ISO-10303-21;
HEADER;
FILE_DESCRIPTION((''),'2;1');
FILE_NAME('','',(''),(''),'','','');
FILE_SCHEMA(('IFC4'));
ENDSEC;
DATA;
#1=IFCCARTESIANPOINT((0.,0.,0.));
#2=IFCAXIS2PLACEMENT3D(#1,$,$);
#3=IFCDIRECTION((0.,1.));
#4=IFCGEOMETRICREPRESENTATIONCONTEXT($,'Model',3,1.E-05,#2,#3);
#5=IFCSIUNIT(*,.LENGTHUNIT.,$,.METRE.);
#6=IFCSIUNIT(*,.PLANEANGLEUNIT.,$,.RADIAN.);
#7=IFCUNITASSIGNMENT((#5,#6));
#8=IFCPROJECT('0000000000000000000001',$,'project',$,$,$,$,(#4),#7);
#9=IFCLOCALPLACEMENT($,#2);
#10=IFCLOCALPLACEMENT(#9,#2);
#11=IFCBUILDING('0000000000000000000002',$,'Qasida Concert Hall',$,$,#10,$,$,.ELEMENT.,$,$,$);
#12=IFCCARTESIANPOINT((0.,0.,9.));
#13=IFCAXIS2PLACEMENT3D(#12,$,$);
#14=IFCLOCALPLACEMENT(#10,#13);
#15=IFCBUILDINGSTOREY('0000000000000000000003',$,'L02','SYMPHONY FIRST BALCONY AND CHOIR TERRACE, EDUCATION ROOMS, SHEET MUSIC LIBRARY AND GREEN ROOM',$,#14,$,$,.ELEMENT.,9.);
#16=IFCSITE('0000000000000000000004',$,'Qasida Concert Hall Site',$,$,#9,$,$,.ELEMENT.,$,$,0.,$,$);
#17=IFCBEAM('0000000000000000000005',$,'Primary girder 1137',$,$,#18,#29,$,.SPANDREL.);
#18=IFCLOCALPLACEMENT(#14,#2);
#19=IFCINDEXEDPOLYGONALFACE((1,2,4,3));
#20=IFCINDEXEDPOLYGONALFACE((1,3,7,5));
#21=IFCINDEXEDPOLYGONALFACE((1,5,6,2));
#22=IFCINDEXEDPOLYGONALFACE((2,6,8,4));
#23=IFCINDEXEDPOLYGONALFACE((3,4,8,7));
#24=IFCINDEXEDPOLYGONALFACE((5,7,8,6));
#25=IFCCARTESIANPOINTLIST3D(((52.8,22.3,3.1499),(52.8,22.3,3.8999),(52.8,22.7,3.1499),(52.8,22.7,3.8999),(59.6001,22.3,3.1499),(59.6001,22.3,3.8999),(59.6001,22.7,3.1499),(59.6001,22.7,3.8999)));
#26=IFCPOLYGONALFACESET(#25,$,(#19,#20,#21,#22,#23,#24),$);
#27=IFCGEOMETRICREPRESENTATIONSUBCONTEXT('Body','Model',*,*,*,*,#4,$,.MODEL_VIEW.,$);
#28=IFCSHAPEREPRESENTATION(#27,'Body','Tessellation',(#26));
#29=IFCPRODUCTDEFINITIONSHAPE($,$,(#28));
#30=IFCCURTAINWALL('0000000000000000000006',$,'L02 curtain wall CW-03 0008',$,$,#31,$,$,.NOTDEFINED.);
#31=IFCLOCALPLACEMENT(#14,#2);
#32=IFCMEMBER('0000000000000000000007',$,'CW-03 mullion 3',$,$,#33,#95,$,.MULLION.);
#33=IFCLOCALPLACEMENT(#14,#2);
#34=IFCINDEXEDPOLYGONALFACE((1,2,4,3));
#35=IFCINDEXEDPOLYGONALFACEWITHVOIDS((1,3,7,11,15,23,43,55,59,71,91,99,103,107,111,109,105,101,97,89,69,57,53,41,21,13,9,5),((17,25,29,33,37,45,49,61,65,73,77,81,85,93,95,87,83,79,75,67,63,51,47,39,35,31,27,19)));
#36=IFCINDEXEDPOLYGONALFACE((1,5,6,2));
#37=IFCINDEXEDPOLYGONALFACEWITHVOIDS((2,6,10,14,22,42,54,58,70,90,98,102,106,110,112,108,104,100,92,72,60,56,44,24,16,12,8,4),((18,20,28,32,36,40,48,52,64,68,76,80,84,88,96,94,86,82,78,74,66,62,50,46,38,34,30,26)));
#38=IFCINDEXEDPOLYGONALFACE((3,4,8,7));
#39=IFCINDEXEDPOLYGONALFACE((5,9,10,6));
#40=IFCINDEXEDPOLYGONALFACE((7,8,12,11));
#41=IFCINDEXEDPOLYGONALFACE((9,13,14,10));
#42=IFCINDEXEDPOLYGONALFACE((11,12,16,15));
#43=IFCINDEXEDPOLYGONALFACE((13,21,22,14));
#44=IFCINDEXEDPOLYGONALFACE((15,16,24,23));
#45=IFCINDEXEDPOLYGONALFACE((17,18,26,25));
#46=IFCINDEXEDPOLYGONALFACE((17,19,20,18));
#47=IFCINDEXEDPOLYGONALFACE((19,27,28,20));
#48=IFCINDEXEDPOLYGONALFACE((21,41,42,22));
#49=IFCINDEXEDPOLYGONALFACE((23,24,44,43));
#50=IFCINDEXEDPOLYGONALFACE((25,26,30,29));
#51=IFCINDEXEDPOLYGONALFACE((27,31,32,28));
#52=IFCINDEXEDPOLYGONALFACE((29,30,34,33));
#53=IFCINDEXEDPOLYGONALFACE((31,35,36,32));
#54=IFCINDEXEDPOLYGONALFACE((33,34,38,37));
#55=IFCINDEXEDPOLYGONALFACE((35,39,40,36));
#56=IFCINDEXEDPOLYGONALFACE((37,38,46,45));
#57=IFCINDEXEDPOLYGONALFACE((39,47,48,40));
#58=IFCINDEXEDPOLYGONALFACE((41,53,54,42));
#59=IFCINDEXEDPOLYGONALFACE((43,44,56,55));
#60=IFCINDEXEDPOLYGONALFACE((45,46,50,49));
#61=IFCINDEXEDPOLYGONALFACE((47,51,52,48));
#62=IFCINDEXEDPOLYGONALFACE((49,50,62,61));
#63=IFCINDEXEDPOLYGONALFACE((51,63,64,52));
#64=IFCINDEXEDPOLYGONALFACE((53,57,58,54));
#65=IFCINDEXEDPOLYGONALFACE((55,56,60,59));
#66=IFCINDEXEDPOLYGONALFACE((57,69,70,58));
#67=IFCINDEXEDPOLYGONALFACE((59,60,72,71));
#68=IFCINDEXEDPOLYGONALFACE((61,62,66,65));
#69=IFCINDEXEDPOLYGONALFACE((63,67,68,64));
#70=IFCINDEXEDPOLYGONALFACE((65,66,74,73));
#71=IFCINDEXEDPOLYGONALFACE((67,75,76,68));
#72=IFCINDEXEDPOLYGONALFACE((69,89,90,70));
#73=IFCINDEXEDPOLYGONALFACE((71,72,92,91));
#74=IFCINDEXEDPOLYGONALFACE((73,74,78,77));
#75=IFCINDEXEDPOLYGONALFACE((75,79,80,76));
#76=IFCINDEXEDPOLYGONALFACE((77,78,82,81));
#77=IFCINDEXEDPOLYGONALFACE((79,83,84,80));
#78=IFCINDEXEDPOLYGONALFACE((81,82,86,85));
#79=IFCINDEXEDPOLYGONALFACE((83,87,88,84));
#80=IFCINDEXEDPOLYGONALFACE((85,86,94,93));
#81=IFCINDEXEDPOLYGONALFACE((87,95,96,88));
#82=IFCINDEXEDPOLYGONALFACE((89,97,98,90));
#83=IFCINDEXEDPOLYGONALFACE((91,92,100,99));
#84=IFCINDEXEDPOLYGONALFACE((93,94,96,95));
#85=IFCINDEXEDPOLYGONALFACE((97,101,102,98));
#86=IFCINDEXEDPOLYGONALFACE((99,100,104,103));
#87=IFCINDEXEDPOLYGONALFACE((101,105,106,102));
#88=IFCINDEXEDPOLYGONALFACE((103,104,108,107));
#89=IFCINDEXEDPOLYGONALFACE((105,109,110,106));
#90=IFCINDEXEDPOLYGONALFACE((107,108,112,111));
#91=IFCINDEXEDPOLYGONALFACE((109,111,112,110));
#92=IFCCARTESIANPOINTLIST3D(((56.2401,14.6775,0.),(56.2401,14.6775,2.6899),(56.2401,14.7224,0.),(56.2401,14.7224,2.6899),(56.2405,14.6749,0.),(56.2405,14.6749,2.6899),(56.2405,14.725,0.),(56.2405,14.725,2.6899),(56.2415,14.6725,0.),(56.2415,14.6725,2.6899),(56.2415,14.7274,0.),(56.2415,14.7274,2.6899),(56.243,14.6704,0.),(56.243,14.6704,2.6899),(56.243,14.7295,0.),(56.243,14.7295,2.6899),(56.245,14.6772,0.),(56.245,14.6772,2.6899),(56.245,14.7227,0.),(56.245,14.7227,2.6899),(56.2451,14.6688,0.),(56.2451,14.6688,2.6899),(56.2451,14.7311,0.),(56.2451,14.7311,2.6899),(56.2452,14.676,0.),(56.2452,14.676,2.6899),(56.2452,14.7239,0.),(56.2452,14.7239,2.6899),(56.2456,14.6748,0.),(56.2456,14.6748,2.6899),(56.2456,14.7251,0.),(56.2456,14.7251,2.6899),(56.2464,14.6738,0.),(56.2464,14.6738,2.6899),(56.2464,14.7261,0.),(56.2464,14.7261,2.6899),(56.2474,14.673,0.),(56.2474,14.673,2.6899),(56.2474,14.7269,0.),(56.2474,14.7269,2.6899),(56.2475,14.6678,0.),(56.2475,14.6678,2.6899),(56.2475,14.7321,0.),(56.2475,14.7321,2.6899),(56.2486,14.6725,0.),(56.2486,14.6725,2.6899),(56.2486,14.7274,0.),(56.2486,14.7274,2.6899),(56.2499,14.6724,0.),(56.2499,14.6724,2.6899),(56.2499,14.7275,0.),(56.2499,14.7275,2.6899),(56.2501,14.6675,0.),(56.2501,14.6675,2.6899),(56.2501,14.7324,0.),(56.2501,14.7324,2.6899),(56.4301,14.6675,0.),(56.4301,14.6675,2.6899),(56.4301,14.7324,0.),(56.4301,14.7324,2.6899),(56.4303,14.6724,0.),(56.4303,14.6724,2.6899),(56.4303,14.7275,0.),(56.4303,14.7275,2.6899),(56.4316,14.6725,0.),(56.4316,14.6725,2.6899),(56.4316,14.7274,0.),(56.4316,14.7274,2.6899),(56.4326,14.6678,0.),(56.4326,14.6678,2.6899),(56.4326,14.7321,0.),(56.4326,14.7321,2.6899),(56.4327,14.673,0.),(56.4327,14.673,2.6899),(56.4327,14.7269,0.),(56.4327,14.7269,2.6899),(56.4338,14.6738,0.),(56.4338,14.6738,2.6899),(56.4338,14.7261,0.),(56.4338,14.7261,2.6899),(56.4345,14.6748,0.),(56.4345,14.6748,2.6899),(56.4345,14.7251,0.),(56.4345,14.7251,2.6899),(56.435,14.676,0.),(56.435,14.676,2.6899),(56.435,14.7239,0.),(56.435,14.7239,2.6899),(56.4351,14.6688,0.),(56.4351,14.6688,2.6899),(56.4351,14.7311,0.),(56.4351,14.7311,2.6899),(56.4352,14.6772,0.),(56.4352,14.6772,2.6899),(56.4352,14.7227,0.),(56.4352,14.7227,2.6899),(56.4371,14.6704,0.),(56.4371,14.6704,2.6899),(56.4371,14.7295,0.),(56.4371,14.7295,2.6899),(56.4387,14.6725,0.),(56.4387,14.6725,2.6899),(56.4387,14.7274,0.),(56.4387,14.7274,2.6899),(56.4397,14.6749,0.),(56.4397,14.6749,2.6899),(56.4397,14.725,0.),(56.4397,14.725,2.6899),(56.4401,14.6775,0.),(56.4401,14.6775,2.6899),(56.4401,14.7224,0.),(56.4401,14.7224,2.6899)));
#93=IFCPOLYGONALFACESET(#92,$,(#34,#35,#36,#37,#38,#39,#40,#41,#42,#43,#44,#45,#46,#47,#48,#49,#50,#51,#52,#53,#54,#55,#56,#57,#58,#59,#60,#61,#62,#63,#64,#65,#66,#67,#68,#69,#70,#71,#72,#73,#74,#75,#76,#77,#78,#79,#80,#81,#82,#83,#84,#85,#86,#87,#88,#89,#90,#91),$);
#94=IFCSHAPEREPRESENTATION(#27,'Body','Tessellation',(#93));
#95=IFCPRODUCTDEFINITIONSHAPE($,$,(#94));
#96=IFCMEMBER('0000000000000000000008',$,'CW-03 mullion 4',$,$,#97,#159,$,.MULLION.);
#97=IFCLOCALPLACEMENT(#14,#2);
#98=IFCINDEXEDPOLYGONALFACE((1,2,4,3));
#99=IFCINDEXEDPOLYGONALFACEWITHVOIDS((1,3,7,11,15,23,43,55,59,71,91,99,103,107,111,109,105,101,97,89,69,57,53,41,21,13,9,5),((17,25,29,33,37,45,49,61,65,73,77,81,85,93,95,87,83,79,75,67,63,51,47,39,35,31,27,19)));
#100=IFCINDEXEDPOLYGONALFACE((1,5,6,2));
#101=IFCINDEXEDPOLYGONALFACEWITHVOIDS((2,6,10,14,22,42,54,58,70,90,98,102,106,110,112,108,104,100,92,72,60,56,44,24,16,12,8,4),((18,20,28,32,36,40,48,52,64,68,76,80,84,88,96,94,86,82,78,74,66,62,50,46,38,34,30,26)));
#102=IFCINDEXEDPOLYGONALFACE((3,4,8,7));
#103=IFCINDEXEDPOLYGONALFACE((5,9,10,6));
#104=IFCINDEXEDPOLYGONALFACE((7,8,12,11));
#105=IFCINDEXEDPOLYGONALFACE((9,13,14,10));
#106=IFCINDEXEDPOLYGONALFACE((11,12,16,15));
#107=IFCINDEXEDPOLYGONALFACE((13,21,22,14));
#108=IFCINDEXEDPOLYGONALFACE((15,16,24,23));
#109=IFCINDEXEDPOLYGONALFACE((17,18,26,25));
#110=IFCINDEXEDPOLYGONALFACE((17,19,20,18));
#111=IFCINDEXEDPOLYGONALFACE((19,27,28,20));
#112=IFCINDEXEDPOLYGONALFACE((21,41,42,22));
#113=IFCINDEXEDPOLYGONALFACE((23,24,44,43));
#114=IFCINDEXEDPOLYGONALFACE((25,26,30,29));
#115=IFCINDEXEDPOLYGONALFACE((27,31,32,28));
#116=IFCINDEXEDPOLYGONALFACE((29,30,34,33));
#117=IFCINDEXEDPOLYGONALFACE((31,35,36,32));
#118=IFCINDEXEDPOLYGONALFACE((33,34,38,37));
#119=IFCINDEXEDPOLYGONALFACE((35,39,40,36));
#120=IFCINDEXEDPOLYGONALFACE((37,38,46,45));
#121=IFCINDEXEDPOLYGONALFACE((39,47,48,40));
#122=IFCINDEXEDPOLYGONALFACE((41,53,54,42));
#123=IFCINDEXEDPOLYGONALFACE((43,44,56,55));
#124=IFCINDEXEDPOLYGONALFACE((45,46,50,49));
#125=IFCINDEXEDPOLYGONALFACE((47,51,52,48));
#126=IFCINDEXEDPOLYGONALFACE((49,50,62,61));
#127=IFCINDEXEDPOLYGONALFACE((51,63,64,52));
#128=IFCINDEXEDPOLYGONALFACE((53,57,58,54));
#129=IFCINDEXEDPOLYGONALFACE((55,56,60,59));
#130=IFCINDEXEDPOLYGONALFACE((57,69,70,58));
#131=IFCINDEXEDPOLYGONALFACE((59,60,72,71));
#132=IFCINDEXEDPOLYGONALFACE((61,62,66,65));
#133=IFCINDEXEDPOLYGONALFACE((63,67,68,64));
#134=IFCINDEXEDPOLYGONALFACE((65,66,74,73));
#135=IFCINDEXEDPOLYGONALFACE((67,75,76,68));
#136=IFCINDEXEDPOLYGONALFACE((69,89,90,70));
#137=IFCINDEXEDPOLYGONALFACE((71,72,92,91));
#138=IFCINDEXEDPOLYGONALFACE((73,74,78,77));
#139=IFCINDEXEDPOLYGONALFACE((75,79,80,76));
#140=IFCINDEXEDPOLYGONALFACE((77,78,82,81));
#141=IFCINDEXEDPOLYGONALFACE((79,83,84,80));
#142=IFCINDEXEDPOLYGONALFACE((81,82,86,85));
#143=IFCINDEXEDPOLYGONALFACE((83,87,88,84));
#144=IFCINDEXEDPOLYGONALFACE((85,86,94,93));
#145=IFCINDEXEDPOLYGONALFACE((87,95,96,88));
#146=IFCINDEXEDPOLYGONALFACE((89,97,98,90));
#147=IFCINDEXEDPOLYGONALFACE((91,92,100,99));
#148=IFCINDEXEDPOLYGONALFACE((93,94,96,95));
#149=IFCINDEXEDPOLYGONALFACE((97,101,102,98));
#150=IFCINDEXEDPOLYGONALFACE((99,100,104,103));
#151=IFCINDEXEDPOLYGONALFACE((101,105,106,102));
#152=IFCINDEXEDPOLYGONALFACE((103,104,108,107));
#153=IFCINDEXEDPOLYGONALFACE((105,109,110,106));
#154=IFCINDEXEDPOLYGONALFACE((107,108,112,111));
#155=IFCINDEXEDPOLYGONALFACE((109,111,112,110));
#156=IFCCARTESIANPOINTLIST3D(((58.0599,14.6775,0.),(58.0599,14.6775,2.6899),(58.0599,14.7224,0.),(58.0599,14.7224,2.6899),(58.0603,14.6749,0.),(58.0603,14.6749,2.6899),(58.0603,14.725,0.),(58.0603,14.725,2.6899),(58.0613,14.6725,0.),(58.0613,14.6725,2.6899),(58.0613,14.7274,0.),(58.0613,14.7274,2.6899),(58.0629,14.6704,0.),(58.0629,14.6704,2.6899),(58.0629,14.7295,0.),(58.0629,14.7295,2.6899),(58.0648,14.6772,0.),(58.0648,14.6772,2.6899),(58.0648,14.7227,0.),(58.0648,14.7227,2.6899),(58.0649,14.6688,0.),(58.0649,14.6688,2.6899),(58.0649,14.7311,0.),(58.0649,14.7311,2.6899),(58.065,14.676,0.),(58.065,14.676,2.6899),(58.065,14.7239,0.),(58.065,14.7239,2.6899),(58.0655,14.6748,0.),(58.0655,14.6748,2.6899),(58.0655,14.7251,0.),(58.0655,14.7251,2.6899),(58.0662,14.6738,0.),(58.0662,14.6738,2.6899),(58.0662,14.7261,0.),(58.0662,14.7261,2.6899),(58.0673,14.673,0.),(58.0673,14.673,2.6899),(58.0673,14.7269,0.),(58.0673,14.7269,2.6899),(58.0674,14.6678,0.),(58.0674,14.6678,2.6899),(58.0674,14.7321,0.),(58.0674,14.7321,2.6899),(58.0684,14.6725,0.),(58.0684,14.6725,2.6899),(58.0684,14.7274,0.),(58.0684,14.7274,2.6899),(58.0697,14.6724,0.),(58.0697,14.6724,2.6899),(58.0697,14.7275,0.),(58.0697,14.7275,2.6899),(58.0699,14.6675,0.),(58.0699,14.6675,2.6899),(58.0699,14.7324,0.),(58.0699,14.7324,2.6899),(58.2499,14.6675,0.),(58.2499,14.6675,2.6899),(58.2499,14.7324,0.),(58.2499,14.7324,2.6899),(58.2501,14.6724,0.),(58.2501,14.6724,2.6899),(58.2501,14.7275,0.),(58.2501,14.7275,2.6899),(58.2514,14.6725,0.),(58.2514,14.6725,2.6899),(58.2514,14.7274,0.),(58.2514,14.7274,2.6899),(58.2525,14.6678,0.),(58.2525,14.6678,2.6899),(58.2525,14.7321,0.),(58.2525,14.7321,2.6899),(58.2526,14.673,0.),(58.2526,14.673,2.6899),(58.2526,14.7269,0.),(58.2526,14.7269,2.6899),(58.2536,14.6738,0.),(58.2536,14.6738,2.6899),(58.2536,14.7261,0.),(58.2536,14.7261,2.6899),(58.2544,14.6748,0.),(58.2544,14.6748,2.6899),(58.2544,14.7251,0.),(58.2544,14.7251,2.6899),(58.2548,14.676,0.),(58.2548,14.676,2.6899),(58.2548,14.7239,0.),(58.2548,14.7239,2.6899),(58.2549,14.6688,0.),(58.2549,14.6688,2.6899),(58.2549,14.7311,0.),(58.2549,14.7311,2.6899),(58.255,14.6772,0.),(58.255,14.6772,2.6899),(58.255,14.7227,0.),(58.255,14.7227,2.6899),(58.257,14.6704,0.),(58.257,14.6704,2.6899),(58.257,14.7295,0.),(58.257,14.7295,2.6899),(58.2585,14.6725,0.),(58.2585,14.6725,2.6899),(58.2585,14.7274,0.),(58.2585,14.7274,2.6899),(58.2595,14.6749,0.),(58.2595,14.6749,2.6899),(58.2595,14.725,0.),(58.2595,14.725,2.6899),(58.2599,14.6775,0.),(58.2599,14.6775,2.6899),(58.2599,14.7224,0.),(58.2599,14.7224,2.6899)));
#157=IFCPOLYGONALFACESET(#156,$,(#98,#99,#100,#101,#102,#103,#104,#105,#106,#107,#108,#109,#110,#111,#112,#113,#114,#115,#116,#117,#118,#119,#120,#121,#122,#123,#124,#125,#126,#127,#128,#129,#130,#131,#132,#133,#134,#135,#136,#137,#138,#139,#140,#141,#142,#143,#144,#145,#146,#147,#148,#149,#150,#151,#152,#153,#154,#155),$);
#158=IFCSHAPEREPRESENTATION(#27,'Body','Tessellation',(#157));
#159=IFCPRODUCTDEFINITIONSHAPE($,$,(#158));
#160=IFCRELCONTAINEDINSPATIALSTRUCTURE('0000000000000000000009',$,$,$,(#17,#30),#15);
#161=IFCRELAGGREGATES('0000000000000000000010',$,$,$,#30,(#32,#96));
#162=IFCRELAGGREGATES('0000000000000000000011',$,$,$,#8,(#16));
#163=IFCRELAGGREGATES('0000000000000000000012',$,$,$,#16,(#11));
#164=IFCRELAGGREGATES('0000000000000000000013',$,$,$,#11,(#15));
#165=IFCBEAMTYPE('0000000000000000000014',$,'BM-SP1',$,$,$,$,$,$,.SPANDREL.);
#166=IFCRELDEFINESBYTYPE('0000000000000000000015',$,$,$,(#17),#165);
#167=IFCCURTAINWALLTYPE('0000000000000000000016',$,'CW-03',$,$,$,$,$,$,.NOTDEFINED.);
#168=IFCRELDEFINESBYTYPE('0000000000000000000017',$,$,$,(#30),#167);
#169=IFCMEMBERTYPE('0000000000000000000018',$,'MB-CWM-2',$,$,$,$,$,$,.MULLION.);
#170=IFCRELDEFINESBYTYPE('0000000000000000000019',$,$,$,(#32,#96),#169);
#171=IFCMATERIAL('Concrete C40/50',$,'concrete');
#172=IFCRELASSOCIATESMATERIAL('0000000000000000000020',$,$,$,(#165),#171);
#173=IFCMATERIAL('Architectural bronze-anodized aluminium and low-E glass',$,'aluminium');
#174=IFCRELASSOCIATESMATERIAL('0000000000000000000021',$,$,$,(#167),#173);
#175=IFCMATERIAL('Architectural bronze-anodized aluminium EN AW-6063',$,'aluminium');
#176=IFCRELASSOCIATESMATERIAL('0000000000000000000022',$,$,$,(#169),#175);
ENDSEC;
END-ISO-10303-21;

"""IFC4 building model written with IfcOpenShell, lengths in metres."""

from ifc_helpers import new_model, si_unit, direction, frame, origin, origin_2d, place, context, subcontext, project, spatial, rectangle, hollow_rectangle, extrude, material, material_profile, profile_set, type_object, element, aggregate, save


model = new_model("IFC4")

# Units and contexts
model_context = context("Model", 3, precision=1e-05, world=origin(), true_north=direction((0.0, 1.0)))
body_context = subcontext(model_context, "Body", "Model", "MODEL_VIEW")
ifc_project = project(units=[si_unit("LENGTHUNIT", "METRE"), si_unit("PLANEANGLEUNIT", "RADIAN")], contexts=[model_context])

# Site, building, storey
site_placement = place(None, origin())
site = spatial("IfcSite", under=ifc_project, at=site_placement, Name="Qasida Concert Hall Site", CompositionType="ELEMENT", RefElevation=0.0)
building_placement = place(site_placement, origin())
building = spatial("IfcBuilding", under=site, at=building_placement, Name="Qasida Concert Hall", CompositionType="ELEMENT")
storey_placement = place(building_placement, frame((0.0, 0.0, 9.0)))
storey = spatial("IfcBuildingStorey", under=building, at=storey_placement, Name="L02", Description="SYMPHONY FIRST BALCONY AND CHOIR TERRACE, EDUCATION ROOMS, SHEET MUSIC LIBRARY AND GREEN ROOM", CompositionType="ELEMENT", Elevation=9.0)

# Beam
ifc_material_1 = material(Name="Concrete C40/50", Category="concrete")
ifc_material_profile_1 = material_profile(ifc_material_1, rectangle(XDim=0.3999, YDim=0.75, at=origin_2d()), Name="RC 400x750")
ifc_profile_set_1 = profile_set([ifc_material_profile_1], Name="Concrete C40/50")
beam_type = type_object("IfcBeamType", Name="BM-SP1", PredefinedType="SPANDREL", material=ifc_profile_set_1)
beam_placement = place(storey_placement, frame((52.8, 22.5, 3.5249), z_axis=(1.0, 0.0, 0.0), x_axis=(0.0, 1.0, 0.0)))
element("IfcBeam", 1, at=beam_placement, inside=storey, type_object=beam_type, Name="Primary girder 1137", PredefinedType="SPANDREL", context=body_context, shape_type="SweptSolid", body=[
    extrude(rectangle(XDim=0.3999, YDim=0.75, at=origin_2d()), origin(), (0.0, 0.0, 1.0), 6.8),
])

# Curtain wall, members
ifc_material_2 = material(Name="Architectural bronze-anodized aluminium and low-E glass", Category="aluminium")
curtain_wall_type = type_object("IfcCurtainWallType", Name="CW-03", PredefinedType="NOTDEFINED", material=ifc_material_2)
curtain_wall_placement = place(storey_placement, origin())
curtain_wall = element("IfcCurtainWall", 2, at=curtain_wall_placement, inside=storey, type_object=curtain_wall_type, Name="L02 curtain wall CW-03 0008", PredefinedType="NOTDEFINED")
ifc_material_3 = material(Name="Architectural bronze-anodized aluminium EN AW-6063", Category="aluminium")
ifc_material_profile_2 = material_profile(ifc_material_3, hollow_rectangle(XDim=0.0649, YDim=0.2, WallThickness=0.0049, InnerFilletRadius=0.0049, OuterFilletRadius=0.01, at=origin_2d()), Name="CWM 200x65x5")
ifc_profile_set_2 = profile_set([ifc_material_profile_2], Name="Architectural bronze-anodized aluminium EN AW-6063")
member_type_1 = type_object("IfcMemberType", Name="MB-CWM-2", PredefinedType="MULLION", material=ifc_profile_set_2)
member_1_placement = place(storey_placement, frame((56.3401, 14.7, 0.0), z_axis=(0.0, 0.0, 1.0), x_axis=(0.0, 1.0, 0.0)))
member_1 = element("IfcMember", 3, at=member_1_placement, type_object=member_type_1, Name="CW-03 mullion 3", PredefinedType="MULLION", context=body_context, shape_type="SweptSolid", body=[
    extrude(hollow_rectangle(XDim=0.0649, YDim=0.2, WallThickness=0.0049, InnerFilletRadius=0.0049, OuterFilletRadius=0.01, at=origin_2d()), origin(), (0.0, 0.0, 1.0), 2.6899),
])
member_2_placement = place(storey_placement, frame((58.1599, 14.7, 0.0), z_axis=(0.0, 0.0, 1.0), x_axis=(0.0, 1.0, 0.0)))
member_2 = element("IfcMember", 4, at=member_2_placement, type_object=member_type_1, Name="CW-03 mullion 4", PredefinedType="MULLION", context=body_context, shape_type="SweptSolid", body=[
    extrude(hollow_rectangle(XDim=0.0649, YDim=0.2, WallThickness=0.0049, InnerFilletRadius=0.0049, OuterFilletRadius=0.01, at=origin_2d()), origin(), (0.0, 0.0, 1.0), 2.6899),
])
aggregate(curtain_wall, [member_1, member_2])

save(model, "model.ifc")
